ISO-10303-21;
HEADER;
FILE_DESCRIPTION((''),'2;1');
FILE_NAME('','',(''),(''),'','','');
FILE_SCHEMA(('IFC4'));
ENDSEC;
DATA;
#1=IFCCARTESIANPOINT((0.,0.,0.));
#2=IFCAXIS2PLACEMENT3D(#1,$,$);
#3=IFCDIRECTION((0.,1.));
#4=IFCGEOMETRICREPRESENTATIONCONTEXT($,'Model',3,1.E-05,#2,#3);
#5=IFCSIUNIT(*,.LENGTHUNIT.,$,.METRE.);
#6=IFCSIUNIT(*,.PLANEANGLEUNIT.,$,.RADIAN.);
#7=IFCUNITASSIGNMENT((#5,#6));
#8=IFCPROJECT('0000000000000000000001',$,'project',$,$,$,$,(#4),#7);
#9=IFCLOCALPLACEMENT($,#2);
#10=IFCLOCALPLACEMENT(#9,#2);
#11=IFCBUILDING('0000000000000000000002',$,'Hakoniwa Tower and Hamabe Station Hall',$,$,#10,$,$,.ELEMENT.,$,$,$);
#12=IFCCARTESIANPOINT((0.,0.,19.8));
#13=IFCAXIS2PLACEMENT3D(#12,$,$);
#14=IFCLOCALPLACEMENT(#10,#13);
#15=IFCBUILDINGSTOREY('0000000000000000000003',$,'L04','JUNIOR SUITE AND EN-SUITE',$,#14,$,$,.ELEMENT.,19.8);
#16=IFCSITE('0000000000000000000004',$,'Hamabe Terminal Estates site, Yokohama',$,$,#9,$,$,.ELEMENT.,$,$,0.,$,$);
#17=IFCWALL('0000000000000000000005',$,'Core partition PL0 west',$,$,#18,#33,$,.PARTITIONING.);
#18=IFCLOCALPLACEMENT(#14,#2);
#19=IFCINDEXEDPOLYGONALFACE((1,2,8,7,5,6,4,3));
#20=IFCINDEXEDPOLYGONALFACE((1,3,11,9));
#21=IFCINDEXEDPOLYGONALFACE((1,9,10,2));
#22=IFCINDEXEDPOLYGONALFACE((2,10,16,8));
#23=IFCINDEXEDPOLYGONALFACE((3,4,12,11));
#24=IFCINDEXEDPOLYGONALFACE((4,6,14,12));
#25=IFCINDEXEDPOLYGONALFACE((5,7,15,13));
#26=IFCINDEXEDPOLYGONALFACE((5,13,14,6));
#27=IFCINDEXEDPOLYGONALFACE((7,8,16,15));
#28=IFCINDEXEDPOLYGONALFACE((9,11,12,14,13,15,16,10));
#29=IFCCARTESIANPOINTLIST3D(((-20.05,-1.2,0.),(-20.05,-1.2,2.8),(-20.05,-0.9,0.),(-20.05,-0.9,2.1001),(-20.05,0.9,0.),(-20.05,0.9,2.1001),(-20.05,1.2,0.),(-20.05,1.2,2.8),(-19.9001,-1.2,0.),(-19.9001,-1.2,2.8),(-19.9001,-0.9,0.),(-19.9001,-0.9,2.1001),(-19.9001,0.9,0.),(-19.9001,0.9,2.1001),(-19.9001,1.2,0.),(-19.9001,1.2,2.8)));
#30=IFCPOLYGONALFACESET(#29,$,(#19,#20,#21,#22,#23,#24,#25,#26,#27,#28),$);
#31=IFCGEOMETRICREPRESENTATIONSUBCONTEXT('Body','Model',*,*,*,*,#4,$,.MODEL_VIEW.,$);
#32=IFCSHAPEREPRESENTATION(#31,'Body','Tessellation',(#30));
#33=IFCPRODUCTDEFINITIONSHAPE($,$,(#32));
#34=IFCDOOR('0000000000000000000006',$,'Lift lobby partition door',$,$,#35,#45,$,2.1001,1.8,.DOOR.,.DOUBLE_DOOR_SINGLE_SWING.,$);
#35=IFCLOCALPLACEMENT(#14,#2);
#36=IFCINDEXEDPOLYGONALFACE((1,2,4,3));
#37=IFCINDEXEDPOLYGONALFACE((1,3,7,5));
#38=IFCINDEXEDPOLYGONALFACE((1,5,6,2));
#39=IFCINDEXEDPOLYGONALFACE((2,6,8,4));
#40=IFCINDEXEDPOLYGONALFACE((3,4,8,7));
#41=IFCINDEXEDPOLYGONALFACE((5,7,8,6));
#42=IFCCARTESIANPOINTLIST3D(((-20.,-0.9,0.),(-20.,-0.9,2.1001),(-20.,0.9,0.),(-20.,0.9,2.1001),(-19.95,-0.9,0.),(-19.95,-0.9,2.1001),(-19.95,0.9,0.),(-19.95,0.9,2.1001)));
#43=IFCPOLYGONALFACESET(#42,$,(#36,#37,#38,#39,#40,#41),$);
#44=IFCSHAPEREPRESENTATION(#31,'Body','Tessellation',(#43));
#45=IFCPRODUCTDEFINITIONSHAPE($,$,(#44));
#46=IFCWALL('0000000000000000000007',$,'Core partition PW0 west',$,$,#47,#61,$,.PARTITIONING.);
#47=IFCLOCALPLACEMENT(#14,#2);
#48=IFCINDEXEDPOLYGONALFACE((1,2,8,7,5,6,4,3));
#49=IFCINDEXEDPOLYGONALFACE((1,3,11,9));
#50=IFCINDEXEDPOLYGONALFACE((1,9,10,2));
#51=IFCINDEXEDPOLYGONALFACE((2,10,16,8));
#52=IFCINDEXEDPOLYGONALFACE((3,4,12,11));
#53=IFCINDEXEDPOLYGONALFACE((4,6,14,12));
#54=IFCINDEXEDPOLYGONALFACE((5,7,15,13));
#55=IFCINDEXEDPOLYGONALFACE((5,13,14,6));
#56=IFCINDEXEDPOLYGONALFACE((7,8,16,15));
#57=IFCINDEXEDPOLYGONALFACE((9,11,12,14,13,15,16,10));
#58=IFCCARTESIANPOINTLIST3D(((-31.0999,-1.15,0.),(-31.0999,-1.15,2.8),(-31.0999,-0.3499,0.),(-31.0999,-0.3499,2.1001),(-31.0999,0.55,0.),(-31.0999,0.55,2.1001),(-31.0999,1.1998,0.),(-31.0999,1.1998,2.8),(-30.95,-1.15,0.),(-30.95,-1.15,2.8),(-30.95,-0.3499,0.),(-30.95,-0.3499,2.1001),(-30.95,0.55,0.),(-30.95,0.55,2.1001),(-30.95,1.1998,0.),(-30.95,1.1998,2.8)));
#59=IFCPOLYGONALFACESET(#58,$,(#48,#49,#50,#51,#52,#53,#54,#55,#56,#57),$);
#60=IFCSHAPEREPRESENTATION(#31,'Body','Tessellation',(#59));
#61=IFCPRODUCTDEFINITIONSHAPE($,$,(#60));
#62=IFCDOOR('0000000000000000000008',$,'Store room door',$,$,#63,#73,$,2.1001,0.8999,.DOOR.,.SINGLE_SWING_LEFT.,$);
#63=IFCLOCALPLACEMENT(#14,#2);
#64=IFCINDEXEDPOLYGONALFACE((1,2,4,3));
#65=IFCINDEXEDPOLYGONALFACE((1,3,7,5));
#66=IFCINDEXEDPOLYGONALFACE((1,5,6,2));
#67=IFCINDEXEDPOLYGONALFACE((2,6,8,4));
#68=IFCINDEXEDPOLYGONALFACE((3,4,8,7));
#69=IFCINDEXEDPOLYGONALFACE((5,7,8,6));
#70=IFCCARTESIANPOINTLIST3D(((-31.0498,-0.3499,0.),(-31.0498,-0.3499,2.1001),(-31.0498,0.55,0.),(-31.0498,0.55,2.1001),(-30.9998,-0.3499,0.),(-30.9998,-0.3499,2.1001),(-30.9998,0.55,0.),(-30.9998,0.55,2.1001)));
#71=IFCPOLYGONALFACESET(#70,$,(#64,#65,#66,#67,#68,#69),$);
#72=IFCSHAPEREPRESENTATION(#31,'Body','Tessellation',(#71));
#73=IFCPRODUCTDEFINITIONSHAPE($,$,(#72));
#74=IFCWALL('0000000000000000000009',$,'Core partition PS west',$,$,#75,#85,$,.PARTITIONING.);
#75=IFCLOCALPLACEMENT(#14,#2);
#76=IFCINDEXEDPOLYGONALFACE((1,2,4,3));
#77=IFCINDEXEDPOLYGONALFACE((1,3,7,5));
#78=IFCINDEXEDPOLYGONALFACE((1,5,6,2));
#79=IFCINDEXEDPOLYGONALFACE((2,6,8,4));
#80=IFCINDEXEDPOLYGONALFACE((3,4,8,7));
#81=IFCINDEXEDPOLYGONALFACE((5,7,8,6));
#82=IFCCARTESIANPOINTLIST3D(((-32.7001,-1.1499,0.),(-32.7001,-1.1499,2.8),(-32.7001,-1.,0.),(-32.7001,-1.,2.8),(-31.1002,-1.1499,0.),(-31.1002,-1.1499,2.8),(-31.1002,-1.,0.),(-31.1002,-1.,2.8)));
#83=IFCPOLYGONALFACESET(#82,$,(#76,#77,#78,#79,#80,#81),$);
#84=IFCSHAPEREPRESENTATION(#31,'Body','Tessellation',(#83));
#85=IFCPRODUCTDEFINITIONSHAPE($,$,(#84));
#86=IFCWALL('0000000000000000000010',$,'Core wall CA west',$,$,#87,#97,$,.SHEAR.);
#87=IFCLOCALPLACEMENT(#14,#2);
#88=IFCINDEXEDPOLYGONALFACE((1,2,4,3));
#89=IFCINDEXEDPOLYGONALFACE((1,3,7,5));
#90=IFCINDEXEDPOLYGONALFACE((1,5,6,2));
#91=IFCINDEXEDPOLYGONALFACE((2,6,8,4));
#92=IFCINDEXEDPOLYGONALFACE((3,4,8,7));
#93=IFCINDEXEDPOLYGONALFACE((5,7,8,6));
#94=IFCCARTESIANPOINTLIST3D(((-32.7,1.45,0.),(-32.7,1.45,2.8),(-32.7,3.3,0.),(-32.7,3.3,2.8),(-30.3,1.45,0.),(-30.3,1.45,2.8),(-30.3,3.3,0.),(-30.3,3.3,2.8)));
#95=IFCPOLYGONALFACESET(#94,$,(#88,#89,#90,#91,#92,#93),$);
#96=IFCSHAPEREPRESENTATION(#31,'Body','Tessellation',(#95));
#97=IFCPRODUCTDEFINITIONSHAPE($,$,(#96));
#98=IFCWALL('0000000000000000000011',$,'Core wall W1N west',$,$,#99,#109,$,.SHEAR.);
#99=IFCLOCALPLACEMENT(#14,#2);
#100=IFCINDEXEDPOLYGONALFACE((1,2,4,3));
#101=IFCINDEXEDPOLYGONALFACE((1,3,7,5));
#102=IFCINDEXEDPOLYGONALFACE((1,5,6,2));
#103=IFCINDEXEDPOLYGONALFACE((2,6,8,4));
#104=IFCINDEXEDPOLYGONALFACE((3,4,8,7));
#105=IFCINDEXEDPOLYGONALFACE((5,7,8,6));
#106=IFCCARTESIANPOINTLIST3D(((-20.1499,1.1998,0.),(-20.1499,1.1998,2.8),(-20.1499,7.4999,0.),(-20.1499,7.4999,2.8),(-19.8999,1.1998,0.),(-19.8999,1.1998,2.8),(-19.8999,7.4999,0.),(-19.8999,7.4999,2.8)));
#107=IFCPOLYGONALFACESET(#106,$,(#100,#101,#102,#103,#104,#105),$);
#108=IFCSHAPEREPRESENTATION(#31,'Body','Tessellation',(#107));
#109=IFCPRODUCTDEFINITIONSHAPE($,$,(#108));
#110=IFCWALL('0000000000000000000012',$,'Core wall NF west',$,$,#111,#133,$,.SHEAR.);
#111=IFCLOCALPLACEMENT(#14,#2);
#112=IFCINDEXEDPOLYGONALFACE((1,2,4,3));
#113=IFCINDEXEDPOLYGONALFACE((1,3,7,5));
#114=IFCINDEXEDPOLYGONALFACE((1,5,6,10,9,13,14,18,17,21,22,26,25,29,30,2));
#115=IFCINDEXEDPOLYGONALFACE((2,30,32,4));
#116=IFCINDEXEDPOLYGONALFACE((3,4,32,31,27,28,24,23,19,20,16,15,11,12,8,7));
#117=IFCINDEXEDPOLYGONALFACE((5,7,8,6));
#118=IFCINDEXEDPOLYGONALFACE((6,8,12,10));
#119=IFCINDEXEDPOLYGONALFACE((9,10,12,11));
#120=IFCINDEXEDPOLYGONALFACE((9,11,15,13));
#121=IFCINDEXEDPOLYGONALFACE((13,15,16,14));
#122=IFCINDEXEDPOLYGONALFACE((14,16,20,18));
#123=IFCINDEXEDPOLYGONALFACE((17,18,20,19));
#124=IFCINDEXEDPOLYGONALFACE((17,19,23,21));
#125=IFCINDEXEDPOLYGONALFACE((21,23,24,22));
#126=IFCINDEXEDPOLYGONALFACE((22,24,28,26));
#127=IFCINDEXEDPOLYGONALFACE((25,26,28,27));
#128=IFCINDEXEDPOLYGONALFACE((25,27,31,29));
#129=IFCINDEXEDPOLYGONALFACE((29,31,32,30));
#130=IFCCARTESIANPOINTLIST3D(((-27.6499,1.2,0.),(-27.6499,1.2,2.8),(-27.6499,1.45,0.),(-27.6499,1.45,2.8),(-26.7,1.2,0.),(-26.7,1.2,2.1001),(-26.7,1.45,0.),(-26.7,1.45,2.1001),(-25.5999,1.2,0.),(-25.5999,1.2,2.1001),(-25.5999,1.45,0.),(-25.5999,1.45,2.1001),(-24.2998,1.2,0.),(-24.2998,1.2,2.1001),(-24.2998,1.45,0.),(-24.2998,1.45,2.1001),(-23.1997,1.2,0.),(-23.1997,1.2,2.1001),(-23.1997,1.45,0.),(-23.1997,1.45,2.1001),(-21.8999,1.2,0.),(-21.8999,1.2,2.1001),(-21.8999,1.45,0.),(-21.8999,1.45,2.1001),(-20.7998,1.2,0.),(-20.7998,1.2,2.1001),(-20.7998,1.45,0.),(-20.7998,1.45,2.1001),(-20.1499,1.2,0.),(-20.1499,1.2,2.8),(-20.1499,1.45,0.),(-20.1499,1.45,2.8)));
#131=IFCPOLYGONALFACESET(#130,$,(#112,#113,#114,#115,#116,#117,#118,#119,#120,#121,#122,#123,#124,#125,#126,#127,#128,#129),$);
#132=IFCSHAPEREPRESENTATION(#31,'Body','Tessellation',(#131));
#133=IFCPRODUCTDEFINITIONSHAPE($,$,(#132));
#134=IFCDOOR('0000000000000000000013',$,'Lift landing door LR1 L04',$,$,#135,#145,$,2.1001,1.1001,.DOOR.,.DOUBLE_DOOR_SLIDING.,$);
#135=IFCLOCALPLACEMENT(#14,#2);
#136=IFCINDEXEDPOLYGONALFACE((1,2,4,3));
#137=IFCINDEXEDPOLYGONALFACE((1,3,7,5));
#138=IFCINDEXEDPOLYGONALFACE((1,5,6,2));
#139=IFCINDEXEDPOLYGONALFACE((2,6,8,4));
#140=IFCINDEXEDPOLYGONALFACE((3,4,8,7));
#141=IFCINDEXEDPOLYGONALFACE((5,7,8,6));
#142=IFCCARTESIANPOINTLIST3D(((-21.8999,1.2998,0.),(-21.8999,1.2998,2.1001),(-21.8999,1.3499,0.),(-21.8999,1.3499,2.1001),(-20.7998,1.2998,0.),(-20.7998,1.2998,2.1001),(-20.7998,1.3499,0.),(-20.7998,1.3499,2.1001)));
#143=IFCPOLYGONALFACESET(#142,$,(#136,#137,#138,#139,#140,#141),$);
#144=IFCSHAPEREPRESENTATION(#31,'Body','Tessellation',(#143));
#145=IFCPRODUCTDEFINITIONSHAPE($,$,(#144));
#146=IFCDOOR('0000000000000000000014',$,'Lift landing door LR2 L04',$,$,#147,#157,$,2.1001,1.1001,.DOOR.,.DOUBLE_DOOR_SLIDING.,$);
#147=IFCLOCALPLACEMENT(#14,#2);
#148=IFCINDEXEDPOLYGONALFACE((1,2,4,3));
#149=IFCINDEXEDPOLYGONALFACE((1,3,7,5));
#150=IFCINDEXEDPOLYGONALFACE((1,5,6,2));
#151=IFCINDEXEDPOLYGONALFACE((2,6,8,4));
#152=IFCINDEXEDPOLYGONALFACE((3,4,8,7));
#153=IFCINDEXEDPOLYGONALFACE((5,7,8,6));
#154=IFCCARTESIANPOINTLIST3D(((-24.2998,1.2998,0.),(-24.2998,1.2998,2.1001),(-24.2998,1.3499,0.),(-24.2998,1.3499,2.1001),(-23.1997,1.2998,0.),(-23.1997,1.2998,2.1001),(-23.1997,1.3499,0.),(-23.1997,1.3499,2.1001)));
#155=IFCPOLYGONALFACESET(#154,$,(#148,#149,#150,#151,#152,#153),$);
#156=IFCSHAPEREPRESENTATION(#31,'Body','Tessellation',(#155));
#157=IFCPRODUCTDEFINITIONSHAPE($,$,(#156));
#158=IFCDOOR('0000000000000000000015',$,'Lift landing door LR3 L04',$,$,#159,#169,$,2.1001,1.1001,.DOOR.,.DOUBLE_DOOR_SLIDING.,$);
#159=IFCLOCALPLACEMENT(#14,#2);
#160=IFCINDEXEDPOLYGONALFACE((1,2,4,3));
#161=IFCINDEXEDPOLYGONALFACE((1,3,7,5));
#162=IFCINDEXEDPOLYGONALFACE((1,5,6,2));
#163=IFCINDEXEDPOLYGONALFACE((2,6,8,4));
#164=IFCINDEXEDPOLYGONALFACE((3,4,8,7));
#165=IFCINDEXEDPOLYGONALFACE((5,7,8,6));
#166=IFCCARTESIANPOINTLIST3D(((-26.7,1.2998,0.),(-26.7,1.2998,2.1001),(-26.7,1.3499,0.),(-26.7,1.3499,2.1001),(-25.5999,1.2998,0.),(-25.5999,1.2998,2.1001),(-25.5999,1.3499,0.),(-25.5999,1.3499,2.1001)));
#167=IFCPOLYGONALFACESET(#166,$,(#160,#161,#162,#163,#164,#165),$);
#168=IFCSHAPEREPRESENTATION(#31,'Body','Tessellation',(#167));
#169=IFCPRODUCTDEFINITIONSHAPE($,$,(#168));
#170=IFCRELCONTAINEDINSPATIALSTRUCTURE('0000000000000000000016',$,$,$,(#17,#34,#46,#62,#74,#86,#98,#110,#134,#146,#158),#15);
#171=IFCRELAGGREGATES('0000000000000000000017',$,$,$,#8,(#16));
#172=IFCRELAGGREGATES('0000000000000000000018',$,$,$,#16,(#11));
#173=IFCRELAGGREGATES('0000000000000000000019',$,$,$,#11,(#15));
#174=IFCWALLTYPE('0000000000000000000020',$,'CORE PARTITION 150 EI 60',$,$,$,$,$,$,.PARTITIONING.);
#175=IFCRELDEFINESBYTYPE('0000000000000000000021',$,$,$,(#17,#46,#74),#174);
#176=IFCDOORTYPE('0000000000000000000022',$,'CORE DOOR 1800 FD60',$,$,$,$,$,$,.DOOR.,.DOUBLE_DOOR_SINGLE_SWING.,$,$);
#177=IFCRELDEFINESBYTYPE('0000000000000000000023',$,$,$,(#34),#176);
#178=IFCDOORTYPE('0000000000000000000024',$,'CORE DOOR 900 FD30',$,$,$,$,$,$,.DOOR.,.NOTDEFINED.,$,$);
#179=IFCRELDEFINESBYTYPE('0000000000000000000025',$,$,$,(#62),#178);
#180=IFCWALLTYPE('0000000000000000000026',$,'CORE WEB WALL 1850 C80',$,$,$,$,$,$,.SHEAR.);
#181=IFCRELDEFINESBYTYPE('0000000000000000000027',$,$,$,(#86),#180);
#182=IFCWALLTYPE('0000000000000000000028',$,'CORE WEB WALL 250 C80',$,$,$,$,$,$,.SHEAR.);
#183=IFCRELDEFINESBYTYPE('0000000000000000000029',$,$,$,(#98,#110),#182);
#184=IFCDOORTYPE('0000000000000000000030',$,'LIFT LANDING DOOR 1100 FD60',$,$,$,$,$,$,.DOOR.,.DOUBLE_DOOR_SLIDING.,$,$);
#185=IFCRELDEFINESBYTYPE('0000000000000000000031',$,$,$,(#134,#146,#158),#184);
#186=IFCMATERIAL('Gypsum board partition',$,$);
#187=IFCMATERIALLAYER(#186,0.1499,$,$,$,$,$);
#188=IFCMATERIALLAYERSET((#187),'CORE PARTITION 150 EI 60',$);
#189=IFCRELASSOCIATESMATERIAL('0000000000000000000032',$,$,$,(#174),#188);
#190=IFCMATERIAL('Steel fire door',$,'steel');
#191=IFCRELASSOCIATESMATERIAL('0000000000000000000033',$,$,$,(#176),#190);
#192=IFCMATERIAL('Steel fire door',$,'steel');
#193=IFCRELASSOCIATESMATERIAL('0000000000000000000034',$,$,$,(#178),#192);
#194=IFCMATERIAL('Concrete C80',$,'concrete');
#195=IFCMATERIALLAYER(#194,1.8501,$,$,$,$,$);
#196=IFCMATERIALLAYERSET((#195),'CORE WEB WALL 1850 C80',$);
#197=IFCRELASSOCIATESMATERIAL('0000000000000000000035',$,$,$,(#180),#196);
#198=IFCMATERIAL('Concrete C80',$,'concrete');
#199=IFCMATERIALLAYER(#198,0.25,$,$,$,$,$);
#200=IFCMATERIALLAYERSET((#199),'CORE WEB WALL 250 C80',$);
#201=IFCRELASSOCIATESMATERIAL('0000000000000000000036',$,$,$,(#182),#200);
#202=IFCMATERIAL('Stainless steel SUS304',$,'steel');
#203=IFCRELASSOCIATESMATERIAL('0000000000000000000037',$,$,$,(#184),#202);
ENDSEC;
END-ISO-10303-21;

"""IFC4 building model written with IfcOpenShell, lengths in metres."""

from ifc_helpers import new_model, si_unit, direction, frame, frame_2d, origin, place, context, subcontext, project, spatial, rectangle, extrude, material, layer, layer_set, type_object, element, fill, save


model = new_model("IFC4")

# Units and contexts
model_context = context("Model", 3, precision=1e-05, world=origin(), true_north=direction((0.0, 1.0)))
body_context = subcontext(model_context, "Body", "Model", "MODEL_VIEW")
ifc_project = project(units=[si_unit("LENGTHUNIT", "METRE"), si_unit("PLANEANGLEUNIT", "RADIAN")], contexts=[model_context])

# Site, building, storey
site_placement = place(None, origin())
site = spatial("IfcSite", under=ifc_project, at=site_placement, Name="Hamabe Terminal Estates site, Yokohama", CompositionType="ELEMENT", RefElevation=0.0)
building_placement = place(site_placement, origin())
building = spatial("IfcBuilding", under=site, at=building_placement, Name="Hakoniwa Tower and Hamabe Station Hall", CompositionType="ELEMENT")
storey_placement = place(building_placement, frame((0.0, 0.0, 19.8)))
storey = spatial("IfcBuildingStorey", under=building, at=storey_placement, Name="L04", Description="JUNIOR SUITE AND EN-SUITE", CompositionType="ELEMENT", Elevation=19.8)

# Walls, openings, doors
ifc_material_1 = material(Name="Gypsum board partition")
ifc_layer_1 = layer(ifc_material_1, 0.1499)
ifc_layer_set_1 = layer_set([ifc_layer_1], Name="CORE PARTITION 150 EI 60")
wall_type_1 = type_object("IfcWallType", Name="CORE PARTITION 150 EI 60", PredefinedType="PARTITIONING", material=ifc_layer_set_1)
wall_1_placement = place(storey_placement, frame((-19.9751, -1.2, 0.0), z_axis=(0.0, 0.0, 1.0), x_axis=(0.0, 1.0, 0.0)))
wall_1 = element("IfcWall", 1, at=wall_1_placement, inside=storey, type_object=wall_type_1, Name="Core partition PL0 west", PredefinedType="PARTITIONING", context=body_context, shape_type="SweptSolid", body=[
    extrude(rectangle(XDim=2.3999, YDim=0.1499, at=frame_2d((1.2, 0.0))), origin(), (0.0, 0.0, 1.0), 2.8),
])
opening_1_placement = place(wall_1_placement, frame((0.3, 0.0, 0.0)))
opening_1 = element("IfcOpeningElement", 2, at=opening_1_placement, cuts=wall_1, PredefinedType="OPENING", context=body_context, shape_type="SweptSolid", body=[
    extrude(rectangle(XDim=1.8, YDim=2.1001, at=frame_2d((0.8999, 1.05))), frame((0.0, 0.085, 0.0), z_axis=(0.0, -1.0, 0.0), x_axis=(1.0, 0.0, 0.0)), (0.0, 0.0, 1.0), 0.1699),
])
ifc_material_2 = material(Name="Steel fire door", Category="steel")
door_type_1 = type_object("IfcDoorType", Name="CORE DOOR 1800 FD60", OperationType="DOUBLE_DOOR_SINGLE_SWING", PredefinedType="DOOR", material=ifc_material_2)
door_1_placement = place(opening_1_placement, origin())
door_1 = element("IfcDoor", 3, at=door_1_placement, inside=storey, type_object=door_type_1, Name="Lift lobby partition door", OperationType="DOUBLE_DOOR_SINGLE_SWING", OverallHeight=2.1001, OverallWidth=1.8, PredefinedType="DOOR", context=body_context, shape_type="SweptSolid", body=[
    extrude(rectangle(XDim=1.8, YDim=2.1001, at=frame_2d((0.8999, 1.05))), frame((0.0, 0.0249, 0.0), z_axis=(0.0, -1.0, 0.0), x_axis=(1.0, 0.0, 0.0)), (0.0, 0.0, 1.0), 0.05),
])
fill(opening_1, door_1)
wall_2_placement = place(storey_placement, frame((-31.0249, -1.1499, 0.0), z_axis=(0.0, 0.0, 1.0), x_axis=(0.0, 1.0, 0.0)))
wall_2 = element("IfcWall", 4, at=wall_2_placement, inside=storey, type_object=wall_type_1, Name="Core partition PW0 west", PredefinedType="PARTITIONING", context=body_context, shape_type="SweptSolid", body=[
    extrude(rectangle(XDim=2.3499, YDim=0.1499, at=frame_2d((1.1748, 0.0))), origin(), (0.0, 0.0, 1.0), 2.8),
])
opening_2_placement = place(wall_2_placement, frame((0.8, 0.0, 0.0)))
opening_2 = element("IfcOpeningElement", 5, at=opening_2_placement, cuts=wall_2, PredefinedType="OPENING", context=body_context, shape_type="SweptSolid", body=[
    extrude(rectangle(XDim=0.8999, YDim=2.1001, at=frame_2d((0.45, 1.05))), frame((0.0, 0.085, 0.0), z_axis=(0.0, -1.0, 0.0), x_axis=(1.0, 0.0, 0.0)), (0.0, 0.0, 1.0), 0.1699),
])
ifc_material_3 = material(Name="Steel fire door", Category="steel")
door_type_2 = type_object("IfcDoorType", Name="CORE DOOR 900 FD30", OperationType="NOTDEFINED", PredefinedType="DOOR", material=ifc_material_3)
door_2_placement = place(opening_2_placement, origin())
door_2 = element("IfcDoor", 6, at=door_2_placement, inside=storey, type_object=door_type_2, Name="Store room door", OperationType="SINGLE_SWING_LEFT", OverallHeight=2.1001, OverallWidth=0.8999, PredefinedType="DOOR", context=body_context, shape_type="SweptSolid", body=[
    extrude(rectangle(XDim=0.8999, YDim=2.1001, at=frame_2d((0.45, 1.05))), frame((0.0, 0.0249, 0.0), z_axis=(0.0, -1.0, 0.0), x_axis=(1.0, 0.0, 0.0)), (0.0, 0.0, 1.0), 0.05),
])
fill(opening_2, door_2)

# Walls
wall_3_placement = place(storey_placement, frame((-32.7, -1.075, 0.0), z_axis=(0.0, 0.0, 1.0), x_axis=(1.0, 0.0, 0.0)))
element("IfcWall", 7, at=wall_3_placement, inside=storey, type_object=wall_type_1, Name="Core partition PS west", PredefinedType="PARTITIONING", context=body_context, shape_type="SweptSolid", body=[
    extrude(rectangle(XDim=1.5999, YDim=0.1499, at=frame_2d((0.7998, 0.0))), origin(), (0.0, 0.0, 1.0), 2.8),
])
ifc_material_4 = material(Name="Concrete C80", Category="concrete")
ifc_layer_2 = layer(ifc_material_4, 1.8501)
ifc_layer_set_2 = layer_set([ifc_layer_2], Name="CORE WEB WALL 1850 C80")
wall_type_2 = type_object("IfcWallType", Name="CORE WEB WALL 1850 C80", PredefinedType="SHEAR", material=ifc_layer_set_2)
wall_4_placement = place(storey_placement, frame((-32.7, 2.375, 0.0), z_axis=(0.0, 0.0, 1.0), x_axis=(1.0, 0.0, 0.0)))
element("IfcWall", 8, at=wall_4_placement, inside=storey, type_object=wall_type_2, Name="Core wall CA west", PredefinedType="SHEAR", context=body_context, shape_type="SweptSolid", body=[
    extrude(rectangle(XDim=2.3999, YDim=1.8501, at=frame_2d((1.2, 0.0))), origin(), (0.0, 0.0, 1.0), 2.8),
])
ifc_material_5 = material(Name="Concrete C80", Category="concrete")
ifc_layer_3 = layer(ifc_material_5, 0.25)
ifc_layer_set_3 = layer_set([ifc_layer_3], Name="CORE WEB WALL 250 C80")
wall_type_3 = type_object("IfcWallType", Name="CORE WEB WALL 250 C80", PredefinedType="SHEAR", material=ifc_layer_set_3)
wall_5_placement = place(storey_placement, frame((-20.0249, 1.2, 0.0), z_axis=(0.0, 0.0, 1.0), x_axis=(0.0, 1.0, 0.0)))
element("IfcWall", 9, at=wall_5_placement, inside=storey, type_object=wall_type_3, Name="Core wall W1N west", PredefinedType="SHEAR", context=body_context, shape_type="SweptSolid", body=[
    extrude(rectangle(XDim=6.3, YDim=0.25, at=frame_2d((3.1499, 0.0))), origin(), (0.0, 0.0, 1.0), 2.8),
])

# Wall, openings, doors
wall_6_placement = place(storey_placement, frame((-27.6499, 1.325, 0.0), z_axis=(0.0, 0.0, 1.0), x_axis=(1.0, 0.0, 0.0)))
wall_6 = element("IfcWall", 10, at=wall_6_placement, inside=storey, type_object=wall_type_3, Name="Core wall NF west", PredefinedType="SHEAR", context=body_context, shape_type="SweptSolid", body=[
    extrude(rectangle(XDim=7.5, YDim=0.25, at=frame_2d((3.75, 0.0))), origin(), (0.0, 0.0, 1.0), 2.8),
])
opening_3_placement = place(wall_6_placement, frame((5.75, 0.0, 0.0)))
opening_3 = element("IfcOpeningElement", 11, at=opening_3_placement, cuts=wall_6, PredefinedType="OPENING", context=body_context, shape_type="SweptSolid", body=[
    extrude(rectangle(XDim=1.1001, YDim=2.1001, at=frame_2d((0.55, 1.05))), frame((0.0, 0.135, 0.0), z_axis=(0.0, -1.0, 0.0), x_axis=(1.0, 0.0, 0.0)), (0.0, 0.0, 1.0), 0.27),
])
opening_4_placement = place(wall_6_placement, frame((3.3501, 0.0, 0.0)))
opening_4 = element("IfcOpeningElement", 12, at=opening_4_placement, cuts=wall_6, PredefinedType="OPENING", context=body_context, shape_type="SweptSolid", body=[
    extrude(rectangle(XDim=1.1001, YDim=2.1001, at=frame_2d((0.55, 1.05))), frame((0.0, 0.135, 0.0), z_axis=(0.0, -1.0, 0.0), x_axis=(1.0, 0.0, 0.0)), (0.0, 0.0, 1.0), 0.27),
])
opening_5_placement = place(wall_6_placement, frame((0.95, 0.0, 0.0)))
opening_5 = element("IfcOpeningElement", 13, at=opening_5_placement, cuts=wall_6, PredefinedType="OPENING", context=body_context, shape_type="SweptSolid", body=[
    extrude(rectangle(XDim=1.1001, YDim=2.1001, at=frame_2d((0.55, 1.05))), frame((0.0, 0.135, 0.0), z_axis=(0.0, -1.0, 0.0), x_axis=(1.0, 0.0, 0.0)), (0.0, 0.0, 1.0), 0.27),
])
ifc_material_6 = material(Name="Stainless steel SUS304", Category="steel")
door_type_3 = type_object("IfcDoorType", Name="LIFT LANDING DOOR 1100 FD60", OperationType="DOUBLE_DOOR_SLIDING", PredefinedType="DOOR", material=ifc_material_6)
door_3_placement = place(opening_3_placement, origin())
door_3 = element("IfcDoor", 14, at=door_3_placement, inside=storey, type_object=door_type_3, Name="Lift landing door LR1 L04", OperationType="DOUBLE_DOOR_SLIDING", OverallHeight=2.1001, OverallWidth=1.1001, PredefinedType="DOOR", context=body_context, shape_type="SweptSolid", body=[
    extrude(rectangle(XDim=1.1001, YDim=2.1001, at=frame_2d((0.55, 1.05))), frame((0.0, 0.0249, 0.0), z_axis=(0.0, -1.0, 0.0), x_axis=(1.0, 0.0, 0.0)), (0.0, 0.0, 1.0), 0.05),
])
fill(opening_3, door_3)
door_4_placement = place(opening_4_placement, origin())
door_4 = element("IfcDoor", 15, at=door_4_placement, inside=storey, type_object=door_type_3, Name="Lift landing door LR2 L04", OperationType="DOUBLE_DOOR_SLIDING", OverallHeight=2.1001, OverallWidth=1.1001, PredefinedType="DOOR", context=body_context, shape_type="SweptSolid", body=[
    extrude(rectangle(XDim=1.1001, YDim=2.1001, at=frame_2d((0.55, 1.05))), frame((0.0, 0.0249, 0.0), z_axis=(0.0, -1.0, 0.0), x_axis=(1.0, 0.0, 0.0)), (0.0, 0.0, 1.0), 0.05),
])
fill(opening_4, door_4)
door_5_placement = place(opening_5_placement, origin())
door_5 = element("IfcDoor", 16, at=door_5_placement, inside=storey, type_object=door_type_3, Name="Lift landing door LR3 L04", OperationType="DOUBLE_DOOR_SLIDING", OverallHeight=2.1001, OverallWidth=1.1001, PredefinedType="DOOR", context=body_context, shape_type="SweptSolid", body=[
    extrude(rectangle(XDim=1.1001, YDim=2.1001, at=frame_2d((0.55, 1.05))), frame((0.0, 0.0249, 0.0), z_axis=(0.0, -1.0, 0.0), x_axis=(1.0, 0.0, 0.0)), (0.0, 0.0, 1.0), 0.05),
])
fill(opening_5, door_5)

save(model, "model.ifc")
